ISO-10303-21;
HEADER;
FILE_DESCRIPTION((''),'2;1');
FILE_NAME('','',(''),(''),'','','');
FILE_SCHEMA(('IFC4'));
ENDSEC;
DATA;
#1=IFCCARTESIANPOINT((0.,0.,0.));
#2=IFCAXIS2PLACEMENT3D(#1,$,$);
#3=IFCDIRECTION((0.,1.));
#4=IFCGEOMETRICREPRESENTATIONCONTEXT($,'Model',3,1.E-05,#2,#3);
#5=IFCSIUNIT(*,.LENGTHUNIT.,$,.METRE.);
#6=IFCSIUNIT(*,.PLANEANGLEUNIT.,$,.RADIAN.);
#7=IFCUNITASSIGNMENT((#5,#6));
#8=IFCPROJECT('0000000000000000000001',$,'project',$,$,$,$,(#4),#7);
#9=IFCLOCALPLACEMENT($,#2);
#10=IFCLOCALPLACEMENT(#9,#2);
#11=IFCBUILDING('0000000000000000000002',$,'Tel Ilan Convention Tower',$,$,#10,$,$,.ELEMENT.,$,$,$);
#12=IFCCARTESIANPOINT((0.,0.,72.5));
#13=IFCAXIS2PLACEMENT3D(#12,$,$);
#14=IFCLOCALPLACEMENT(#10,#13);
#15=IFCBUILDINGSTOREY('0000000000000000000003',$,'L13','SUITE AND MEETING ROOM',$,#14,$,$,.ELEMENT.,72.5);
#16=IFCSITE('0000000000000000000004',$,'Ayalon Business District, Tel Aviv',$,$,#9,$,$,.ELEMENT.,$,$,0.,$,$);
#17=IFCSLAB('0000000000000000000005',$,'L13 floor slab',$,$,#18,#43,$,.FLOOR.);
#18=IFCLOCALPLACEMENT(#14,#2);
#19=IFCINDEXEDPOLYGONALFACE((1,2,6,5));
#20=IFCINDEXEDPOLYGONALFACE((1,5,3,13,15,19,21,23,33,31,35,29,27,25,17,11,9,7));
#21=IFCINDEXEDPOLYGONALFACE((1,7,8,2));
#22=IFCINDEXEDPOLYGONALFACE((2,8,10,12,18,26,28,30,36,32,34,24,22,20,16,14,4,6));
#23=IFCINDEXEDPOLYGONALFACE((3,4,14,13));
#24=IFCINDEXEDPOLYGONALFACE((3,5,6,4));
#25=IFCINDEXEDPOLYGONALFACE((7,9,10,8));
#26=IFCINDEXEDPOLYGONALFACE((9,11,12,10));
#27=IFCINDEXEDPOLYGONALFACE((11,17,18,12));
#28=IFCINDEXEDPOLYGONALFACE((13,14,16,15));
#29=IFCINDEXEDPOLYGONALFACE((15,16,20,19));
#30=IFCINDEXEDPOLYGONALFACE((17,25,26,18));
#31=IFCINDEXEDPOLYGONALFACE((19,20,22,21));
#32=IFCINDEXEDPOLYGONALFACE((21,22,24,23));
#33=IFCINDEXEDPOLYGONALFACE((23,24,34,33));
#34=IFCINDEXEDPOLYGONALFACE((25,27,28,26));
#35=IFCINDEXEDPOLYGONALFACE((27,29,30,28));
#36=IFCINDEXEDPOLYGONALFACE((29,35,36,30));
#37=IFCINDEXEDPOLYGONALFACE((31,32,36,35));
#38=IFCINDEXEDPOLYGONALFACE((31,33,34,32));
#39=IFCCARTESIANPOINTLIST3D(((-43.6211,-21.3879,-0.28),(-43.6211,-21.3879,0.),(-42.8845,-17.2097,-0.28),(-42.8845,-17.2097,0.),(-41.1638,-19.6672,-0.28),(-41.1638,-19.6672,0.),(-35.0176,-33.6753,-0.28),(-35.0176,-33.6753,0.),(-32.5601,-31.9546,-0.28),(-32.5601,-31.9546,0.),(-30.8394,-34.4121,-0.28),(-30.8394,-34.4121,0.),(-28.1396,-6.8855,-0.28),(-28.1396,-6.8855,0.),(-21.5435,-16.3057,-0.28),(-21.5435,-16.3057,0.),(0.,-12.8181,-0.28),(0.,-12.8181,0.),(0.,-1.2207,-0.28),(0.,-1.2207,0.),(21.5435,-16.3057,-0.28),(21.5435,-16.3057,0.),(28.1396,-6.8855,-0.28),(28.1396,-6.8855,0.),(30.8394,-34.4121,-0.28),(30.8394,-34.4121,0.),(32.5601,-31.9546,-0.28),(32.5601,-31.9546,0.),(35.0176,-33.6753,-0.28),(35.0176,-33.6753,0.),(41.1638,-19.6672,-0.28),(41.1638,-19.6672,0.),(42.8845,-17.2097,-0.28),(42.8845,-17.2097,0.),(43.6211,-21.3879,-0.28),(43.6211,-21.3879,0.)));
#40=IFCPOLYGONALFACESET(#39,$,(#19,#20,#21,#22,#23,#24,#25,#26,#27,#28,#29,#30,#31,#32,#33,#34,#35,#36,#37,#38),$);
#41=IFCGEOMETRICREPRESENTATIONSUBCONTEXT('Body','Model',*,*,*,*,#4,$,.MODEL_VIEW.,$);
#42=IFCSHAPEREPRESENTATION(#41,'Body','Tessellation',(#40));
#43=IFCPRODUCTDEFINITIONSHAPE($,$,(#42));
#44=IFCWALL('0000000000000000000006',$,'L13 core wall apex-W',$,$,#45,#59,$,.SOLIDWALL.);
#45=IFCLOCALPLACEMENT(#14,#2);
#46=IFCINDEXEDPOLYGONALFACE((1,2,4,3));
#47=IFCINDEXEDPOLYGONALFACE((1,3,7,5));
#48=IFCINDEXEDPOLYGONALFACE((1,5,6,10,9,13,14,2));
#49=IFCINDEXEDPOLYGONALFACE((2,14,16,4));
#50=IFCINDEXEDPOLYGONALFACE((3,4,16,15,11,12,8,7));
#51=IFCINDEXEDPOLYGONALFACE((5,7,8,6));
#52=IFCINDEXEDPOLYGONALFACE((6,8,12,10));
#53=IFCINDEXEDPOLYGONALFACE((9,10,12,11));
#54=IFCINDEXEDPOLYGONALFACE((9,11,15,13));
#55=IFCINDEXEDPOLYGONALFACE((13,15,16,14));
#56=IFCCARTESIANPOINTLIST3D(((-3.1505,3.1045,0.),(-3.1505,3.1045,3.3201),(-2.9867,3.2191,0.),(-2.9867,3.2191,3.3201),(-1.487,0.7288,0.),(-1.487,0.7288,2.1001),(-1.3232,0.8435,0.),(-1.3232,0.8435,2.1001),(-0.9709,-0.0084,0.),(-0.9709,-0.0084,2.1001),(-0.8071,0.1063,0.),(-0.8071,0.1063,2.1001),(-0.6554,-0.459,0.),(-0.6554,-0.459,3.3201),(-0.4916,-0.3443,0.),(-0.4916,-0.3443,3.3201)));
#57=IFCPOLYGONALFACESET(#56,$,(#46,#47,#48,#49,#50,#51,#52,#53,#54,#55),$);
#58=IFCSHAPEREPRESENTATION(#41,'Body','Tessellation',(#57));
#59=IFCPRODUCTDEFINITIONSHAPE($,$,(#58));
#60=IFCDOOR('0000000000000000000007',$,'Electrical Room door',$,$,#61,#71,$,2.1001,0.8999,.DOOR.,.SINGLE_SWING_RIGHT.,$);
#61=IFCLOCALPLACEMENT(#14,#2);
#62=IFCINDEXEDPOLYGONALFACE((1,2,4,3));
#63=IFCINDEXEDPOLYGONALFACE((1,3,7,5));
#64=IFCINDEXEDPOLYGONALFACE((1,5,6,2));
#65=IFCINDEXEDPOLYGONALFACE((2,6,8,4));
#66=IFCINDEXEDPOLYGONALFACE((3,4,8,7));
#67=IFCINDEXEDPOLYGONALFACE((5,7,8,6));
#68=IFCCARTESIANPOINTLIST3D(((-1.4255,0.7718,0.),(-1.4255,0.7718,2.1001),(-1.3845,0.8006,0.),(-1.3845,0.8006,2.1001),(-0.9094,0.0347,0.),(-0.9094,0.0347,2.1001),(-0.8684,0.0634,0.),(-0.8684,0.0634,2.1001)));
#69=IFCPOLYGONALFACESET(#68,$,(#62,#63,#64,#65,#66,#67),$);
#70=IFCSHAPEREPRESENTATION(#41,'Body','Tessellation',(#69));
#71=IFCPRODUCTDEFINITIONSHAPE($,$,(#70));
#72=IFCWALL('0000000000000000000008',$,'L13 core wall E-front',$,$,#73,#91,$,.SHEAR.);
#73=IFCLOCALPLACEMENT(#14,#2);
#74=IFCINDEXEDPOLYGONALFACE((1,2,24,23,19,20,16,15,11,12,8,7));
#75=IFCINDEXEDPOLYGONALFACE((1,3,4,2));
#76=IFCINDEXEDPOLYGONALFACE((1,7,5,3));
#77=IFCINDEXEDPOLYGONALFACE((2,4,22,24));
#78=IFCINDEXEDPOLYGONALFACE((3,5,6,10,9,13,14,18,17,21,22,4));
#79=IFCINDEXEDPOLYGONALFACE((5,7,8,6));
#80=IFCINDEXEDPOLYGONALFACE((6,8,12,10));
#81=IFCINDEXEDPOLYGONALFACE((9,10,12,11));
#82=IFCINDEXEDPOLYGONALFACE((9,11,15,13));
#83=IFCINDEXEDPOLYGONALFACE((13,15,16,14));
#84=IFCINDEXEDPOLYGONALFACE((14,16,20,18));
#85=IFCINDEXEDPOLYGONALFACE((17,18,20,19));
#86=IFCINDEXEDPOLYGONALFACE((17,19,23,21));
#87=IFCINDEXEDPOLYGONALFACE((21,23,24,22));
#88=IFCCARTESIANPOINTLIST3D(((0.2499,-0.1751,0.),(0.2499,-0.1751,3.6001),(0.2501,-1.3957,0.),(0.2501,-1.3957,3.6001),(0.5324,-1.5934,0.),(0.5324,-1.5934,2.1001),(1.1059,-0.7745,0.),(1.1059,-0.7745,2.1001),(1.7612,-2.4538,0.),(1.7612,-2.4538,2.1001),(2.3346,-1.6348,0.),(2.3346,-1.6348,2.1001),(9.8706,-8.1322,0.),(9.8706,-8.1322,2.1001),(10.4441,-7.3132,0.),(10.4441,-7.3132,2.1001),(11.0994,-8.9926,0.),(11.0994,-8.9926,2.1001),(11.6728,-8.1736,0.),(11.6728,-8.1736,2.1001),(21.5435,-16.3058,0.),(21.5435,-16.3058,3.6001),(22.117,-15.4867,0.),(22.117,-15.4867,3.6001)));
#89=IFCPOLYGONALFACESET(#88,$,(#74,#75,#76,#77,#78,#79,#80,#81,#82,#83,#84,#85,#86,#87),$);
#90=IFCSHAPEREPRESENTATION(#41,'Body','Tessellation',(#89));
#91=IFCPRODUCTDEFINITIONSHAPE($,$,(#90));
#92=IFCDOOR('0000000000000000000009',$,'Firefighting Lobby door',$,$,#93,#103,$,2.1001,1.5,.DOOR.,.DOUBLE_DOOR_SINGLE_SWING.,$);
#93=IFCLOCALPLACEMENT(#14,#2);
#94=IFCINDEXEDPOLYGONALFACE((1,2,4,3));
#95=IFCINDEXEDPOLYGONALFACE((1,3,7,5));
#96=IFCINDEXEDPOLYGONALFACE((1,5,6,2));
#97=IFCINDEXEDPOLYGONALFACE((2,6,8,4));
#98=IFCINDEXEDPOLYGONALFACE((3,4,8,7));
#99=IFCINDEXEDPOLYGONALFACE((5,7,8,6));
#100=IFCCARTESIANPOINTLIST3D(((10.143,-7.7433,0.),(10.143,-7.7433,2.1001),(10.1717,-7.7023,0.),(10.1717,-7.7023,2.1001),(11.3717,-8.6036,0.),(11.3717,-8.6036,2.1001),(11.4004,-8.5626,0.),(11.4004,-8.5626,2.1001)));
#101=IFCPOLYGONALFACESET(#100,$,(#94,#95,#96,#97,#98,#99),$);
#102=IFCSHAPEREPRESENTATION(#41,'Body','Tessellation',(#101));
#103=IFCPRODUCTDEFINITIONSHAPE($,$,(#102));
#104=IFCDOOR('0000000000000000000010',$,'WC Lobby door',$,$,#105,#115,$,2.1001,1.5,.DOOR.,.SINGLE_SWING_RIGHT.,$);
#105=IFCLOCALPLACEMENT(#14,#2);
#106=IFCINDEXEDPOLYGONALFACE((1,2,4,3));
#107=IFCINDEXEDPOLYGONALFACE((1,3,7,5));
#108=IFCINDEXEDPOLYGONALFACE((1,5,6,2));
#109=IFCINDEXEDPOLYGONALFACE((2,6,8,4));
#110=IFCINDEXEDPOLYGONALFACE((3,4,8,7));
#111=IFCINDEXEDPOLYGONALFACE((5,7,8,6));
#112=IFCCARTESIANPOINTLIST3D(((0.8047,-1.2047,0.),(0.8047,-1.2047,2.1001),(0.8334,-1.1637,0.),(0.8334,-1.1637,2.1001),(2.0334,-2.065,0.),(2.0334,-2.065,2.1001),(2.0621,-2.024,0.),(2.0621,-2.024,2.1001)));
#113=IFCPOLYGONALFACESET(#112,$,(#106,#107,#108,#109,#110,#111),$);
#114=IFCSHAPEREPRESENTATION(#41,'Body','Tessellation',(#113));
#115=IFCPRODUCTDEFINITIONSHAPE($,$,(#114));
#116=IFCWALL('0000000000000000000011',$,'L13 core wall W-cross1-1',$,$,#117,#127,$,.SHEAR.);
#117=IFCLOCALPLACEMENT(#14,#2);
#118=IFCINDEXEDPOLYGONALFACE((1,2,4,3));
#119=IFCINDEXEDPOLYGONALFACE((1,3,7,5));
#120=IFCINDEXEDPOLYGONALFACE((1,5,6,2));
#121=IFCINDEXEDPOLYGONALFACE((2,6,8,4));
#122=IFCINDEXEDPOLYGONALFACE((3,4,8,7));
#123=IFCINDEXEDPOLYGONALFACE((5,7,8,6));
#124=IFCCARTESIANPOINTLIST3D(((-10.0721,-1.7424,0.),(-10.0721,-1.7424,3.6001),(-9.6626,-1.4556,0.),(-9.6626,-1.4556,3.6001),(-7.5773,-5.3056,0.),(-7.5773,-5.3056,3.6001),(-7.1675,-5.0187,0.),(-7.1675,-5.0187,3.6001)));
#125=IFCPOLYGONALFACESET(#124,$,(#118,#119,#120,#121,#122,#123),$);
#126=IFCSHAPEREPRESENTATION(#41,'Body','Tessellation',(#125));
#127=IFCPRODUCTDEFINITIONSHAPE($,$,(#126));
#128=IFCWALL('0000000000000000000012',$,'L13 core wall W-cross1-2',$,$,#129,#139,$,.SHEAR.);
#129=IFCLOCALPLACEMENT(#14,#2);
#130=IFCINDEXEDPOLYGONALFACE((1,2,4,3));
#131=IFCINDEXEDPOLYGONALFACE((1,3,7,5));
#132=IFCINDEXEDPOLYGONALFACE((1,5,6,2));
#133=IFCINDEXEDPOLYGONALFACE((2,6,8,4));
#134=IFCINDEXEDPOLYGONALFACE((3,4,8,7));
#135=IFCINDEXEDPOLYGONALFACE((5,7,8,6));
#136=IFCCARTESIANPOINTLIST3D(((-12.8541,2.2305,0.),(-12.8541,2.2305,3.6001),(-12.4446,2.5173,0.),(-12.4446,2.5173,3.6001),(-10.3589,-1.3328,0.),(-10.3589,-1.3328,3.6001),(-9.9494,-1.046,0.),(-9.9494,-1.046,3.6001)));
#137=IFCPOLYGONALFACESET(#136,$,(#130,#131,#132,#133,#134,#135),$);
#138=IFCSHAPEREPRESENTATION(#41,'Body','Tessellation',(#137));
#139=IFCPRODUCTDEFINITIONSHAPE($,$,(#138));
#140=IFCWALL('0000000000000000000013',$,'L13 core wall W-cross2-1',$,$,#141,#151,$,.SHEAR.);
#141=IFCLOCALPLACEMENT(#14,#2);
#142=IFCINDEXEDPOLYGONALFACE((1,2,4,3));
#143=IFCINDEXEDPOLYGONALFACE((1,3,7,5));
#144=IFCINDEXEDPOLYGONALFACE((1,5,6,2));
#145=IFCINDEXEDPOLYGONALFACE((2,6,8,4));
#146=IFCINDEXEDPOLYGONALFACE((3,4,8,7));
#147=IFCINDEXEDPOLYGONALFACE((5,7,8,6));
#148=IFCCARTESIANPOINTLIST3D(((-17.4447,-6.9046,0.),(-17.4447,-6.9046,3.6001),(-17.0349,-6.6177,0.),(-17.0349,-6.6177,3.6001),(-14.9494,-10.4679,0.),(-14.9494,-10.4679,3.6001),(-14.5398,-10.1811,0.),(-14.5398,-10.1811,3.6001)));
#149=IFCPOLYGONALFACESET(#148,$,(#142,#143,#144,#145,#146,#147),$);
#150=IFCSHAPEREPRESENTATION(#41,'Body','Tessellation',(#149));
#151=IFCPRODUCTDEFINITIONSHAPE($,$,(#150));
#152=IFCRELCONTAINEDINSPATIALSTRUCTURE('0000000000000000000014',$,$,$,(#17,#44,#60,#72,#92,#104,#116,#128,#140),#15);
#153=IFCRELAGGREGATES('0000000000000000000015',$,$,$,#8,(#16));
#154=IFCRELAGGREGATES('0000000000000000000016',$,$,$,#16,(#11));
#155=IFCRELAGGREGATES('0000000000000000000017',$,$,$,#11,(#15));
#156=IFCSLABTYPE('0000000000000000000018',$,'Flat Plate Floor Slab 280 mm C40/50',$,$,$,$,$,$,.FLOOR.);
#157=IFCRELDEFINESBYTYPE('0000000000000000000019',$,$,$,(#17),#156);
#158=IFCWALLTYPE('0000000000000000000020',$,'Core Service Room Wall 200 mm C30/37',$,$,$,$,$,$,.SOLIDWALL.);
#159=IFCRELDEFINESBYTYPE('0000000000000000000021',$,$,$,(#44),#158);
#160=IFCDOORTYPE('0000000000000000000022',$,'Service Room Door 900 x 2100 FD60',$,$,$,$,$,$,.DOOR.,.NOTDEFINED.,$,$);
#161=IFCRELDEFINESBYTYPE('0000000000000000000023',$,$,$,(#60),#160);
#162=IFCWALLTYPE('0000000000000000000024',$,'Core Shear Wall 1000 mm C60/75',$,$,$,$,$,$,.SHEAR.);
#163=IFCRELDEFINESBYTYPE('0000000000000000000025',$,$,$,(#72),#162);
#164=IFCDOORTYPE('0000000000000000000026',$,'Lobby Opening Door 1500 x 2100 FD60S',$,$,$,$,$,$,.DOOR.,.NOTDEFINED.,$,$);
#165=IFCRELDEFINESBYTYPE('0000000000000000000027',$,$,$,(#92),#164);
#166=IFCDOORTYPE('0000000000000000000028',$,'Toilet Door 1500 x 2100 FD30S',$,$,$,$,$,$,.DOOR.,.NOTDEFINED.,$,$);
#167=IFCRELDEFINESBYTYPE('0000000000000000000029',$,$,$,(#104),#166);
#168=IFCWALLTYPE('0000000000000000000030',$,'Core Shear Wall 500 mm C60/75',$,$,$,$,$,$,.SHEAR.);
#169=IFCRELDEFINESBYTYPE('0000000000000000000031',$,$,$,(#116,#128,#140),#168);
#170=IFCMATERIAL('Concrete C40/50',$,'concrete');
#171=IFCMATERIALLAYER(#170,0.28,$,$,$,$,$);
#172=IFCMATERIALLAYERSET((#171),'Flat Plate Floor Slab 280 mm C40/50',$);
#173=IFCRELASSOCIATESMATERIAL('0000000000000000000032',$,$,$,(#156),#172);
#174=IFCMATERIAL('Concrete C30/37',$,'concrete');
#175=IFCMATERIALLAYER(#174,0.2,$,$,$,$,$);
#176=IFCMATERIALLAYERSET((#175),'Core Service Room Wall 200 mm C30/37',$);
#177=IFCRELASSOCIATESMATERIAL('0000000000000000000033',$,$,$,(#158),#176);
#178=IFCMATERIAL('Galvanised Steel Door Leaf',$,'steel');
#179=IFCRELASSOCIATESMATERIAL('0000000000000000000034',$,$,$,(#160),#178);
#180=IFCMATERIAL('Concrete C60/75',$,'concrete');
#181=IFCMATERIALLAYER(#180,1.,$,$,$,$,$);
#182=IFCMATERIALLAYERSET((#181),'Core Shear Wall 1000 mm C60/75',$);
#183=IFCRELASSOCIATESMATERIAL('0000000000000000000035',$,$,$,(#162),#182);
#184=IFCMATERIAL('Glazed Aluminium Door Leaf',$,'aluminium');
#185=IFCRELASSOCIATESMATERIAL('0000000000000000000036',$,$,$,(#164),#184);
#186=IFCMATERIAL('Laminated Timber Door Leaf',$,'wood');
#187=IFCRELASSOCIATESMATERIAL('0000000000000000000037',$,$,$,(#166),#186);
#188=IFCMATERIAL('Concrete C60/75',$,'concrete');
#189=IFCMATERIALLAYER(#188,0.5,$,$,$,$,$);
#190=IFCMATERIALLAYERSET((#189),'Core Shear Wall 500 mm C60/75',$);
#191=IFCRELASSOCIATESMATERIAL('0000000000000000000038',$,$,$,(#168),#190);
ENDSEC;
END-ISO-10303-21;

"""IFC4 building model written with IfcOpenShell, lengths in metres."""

from ifc_helpers import new_model, si_unit, direction, frame, frame_2d, origin, place, context, subcontext, project, spatial, polyline, rectangle, outline, extrude, material, layer, layer_set, type_object, element, fill, save


model = new_model("IFC4")

# Units and contexts
model_context = context("Model", 3, precision=1e-05, world=origin(), true_north=direction((0.0, 1.0)))
body_context = subcontext(model_context, "Body", "Model", "MODEL_VIEW")
ifc_project = project(units=[si_unit("LENGTHUNIT", "METRE"), si_unit("PLANEANGLEUNIT", "RADIAN")], contexts=[model_context])

# Site, building, storey
site_placement = place(None, origin())
site = spatial("IfcSite", under=ifc_project, at=site_placement, Name="Ayalon Business District, Tel Aviv", CompositionType="ELEMENT", RefElevation=0.0)
building_placement = place(site_placement, origin())
building = spatial("IfcBuilding", under=site, at=building_placement, Name="Tel Ilan Convention Tower", CompositionType="ELEMENT")
storey_placement = place(building_placement, frame((0.0, 0.0, 72.5)))
storey = spatial("IfcBuildingStorey", under=building, at=storey_placement, Name="L13", Description="SUITE AND MEETING ROOM", CompositionType="ELEMENT", Elevation=72.5)

# Slab
ifc_material_1 = material(Name="Concrete C40/50", Category="concrete")
ifc_layer_1 = layer(ifc_material_1, 0.28)
ifc_layer_set_1 = layer_set([ifc_layer_1], Name="Flat Plate Floor Slab 280 mm C40/50")
slab_type_1 = type_object("IfcSlabType", Name="Flat Plate Floor Slab 280 mm C40/50", PredefinedType="FLOOR", material=ifc_layer_set_1)
slab_1_placement = place(storey_placement, frame((0.0, 0.0, -0.28)))
element("IfcSlab", 1, at=slab_1_placement, inside=storey, type_object=slab_type_1, Name="L13 floor slab", PredefinedType="FLOOR", context=body_context, shape_type="SweptSolid", body=[
    extrude(outline(polyline([(-21.5435, -16.3057), (0.0, -1.2207), (21.5435, -16.3057), (28.1396, -6.8855), (42.8845, -17.2097), (41.1638, -19.6672), (43.6211, -21.3879), (35.0176, -33.6753), (32.5601, -31.9546), (30.8394, -34.4121), (0.0, -12.8181), (-30.8394, -34.4121), (-32.5601, -31.9546), (-35.0176, -33.6753), (-43.6211, -21.3879), (-41.1638, -19.6672), (-42.8845, -17.2097), (-28.1396, -6.8855), (-21.5435, -16.3057)])), origin(), (0.0, 0.0, 1.0), 0.28),
])

# Wall, opening, door
ifc_material_2 = material(Name="Concrete C30/37", Category="concrete")
ifc_layer_2 = layer(ifc_material_2, 0.2)
ifc_layer_set_2 = layer_set([ifc_layer_2], Name="Core Service Room Wall 200 mm C30/37")
wall_type_1 = type_object("IfcWallType", Name="Core Service Room Wall 200 mm C30/37", PredefinedType="SOLIDWALL", material=ifc_layer_set_2)
wall_1_placement = place(storey_placement, frame((-0.5735, -0.4016, 0.0), z_axis=(0.0, 0.0, 1.0), x_axis=(-0.573568, 0.819158, 0.0)))
wall_1 = element("IfcWall", 2, at=wall_1_placement, inside=storey, type_object=wall_type_1, Name="L13 core wall apex-W", PredefinedType="SOLIDWALL", context=body_context, shape_type="SweptSolid", body=[
    extrude(rectangle(XDim=4.3501, YDim=0.2, at=frame_2d((2.175, 0.0))), origin(), (0.0, 0.0, 1.0), 3.3201),
])
opening_1_placement = place(wall_1_placement, frame((0.55, 0.0, 0.0)))
opening_1 = element("IfcOpeningElement", 3, at=opening_1_placement, cuts=wall_1, PredefinedType="OPENING", context=body_context, shape_type="SweptSolid", body=[
    extrude(rectangle(XDim=0.8999, YDim=2.1001, at=frame_2d((0.45, 1.05))), frame((0.0, 0.1099, 0.0), z_axis=(0.0, -1.0, 0.0), x_axis=(1.0, 0.0, 0.0)), (0.0, 0.0, 1.0), 0.22),
])
ifc_material_3 = material(Name="Galvanised Steel Door Leaf", Category="steel")
door_type_1 = type_object("IfcDoorType", Name="Service Room Door 900 x 2100 FD60", OperationType="NOTDEFINED", PredefinedType="DOOR", material=ifc_material_3)
door_1_placement = place(opening_1_placement, origin())
door_1 = element("IfcDoor", 4, at=door_1_placement, inside=storey, type_object=door_type_1, Name="Electrical Room door", OperationType="SINGLE_SWING_RIGHT", OverallHeight=2.1001, OverallWidth=0.8999, PredefinedType="DOOR", context=body_context, shape_type="SweptSolid", body=[
    extrude(rectangle(XDim=0.8999, YDim=2.1001, at=frame_2d((0.45, 1.05))), frame((0.0, 0.0249, 0.0), z_axis=(0.0, -1.0, 0.0), x_axis=(1.0, 0.0, 0.0)), (0.0, 0.0, 1.0), 0.05),
])
fill(opening_1, door_1)

# Wall, openings, doors
ifc_material_4 = material(Name="Concrete C60/75", Category="concrete")
ifc_layer_3 = layer(ifc_material_4, 1.0)
ifc_layer_set_3 = layer_set([ifc_layer_3], Name="Core Shear Wall 1000 mm C60/75")
wall_type_2 = type_object("IfcWallType", Name="Core Shear Wall 1000 mm C60/75", PredefinedType="SHEAR", material=ifc_layer_set_3)
wall_2_placement = place(storey_placement, frame((-0.0369, -0.5847, 0.0), z_axis=(0.0, 0.0, 1.0), x_axis=(0.819157, -0.573569, 0.0)))
wall_2 = element("IfcWall", 5, at=wall_2_placement, inside=storey, type_object=wall_type_2, Name="L13 core wall E-front", PredefinedType="SHEAR", context=body_context, shape_type="SweptSolid", body=[
    extrude(outline(polyline([(26.6948, 0.4998), (0.0, 0.5), (0.7002, -0.4998), (26.6948, -0.5002), (26.6948, 0.4998)])), origin(), (0.0, 0.0, 1.0), 3.6001),
])
opening_2_placement = place(wall_2_placement, frame((1.0449, 0.0, 0.0)))
opening_2 = element("IfcOpeningElement", 6, at=opening_2_placement, cuts=wall_2, PredefinedType="OPENING", context=body_context, shape_type="SweptSolid", body=[
    extrude(rectangle(XDim=1.5, YDim=2.1001, at=frame_2d((0.75, 1.05))), frame((0.0, 0.51, 0.0), z_axis=(0.0, -1.0, 0.0), x_axis=(1.0, 0.0, 0.0)), (0.0, 0.0, 1.0), 1.02),
])
opening_3_placement = place(wall_2_placement, frame((12.4448, 0.0, 0.0)))
opening_3 = element("IfcOpeningElement", 7, at=opening_3_placement, cuts=wall_2, PredefinedType="OPENING", context=body_context, shape_type="SweptSolid", body=[
    extrude(rectangle(XDim=1.5, YDim=2.1001, at=frame_2d((0.75, 1.05))), frame((0.0, 0.51, 0.0), z_axis=(0.0, -1.0, 0.0), x_axis=(1.0, 0.0, 0.0)), (0.0, 0.0, 1.0), 1.02),
])
ifc_material_5 = material(Name="Glazed Aluminium Door Leaf", Category="aluminium")
door_type_2 = type_object("IfcDoorType", Name="Lobby Opening Door 1500 x 2100 FD60S", OperationType="NOTDEFINED", PredefinedType="DOOR", material=ifc_material_5)
door_2_placement = place(opening_3_placement, origin())
door_2 = element("IfcDoor", 8, at=door_2_placement, inside=storey, type_object=door_type_2, Name="Firefighting Lobby door", OperationType="DOUBLE_DOOR_SINGLE_SWING", OverallHeight=2.1001, OverallWidth=1.5, PredefinedType="DOOR", context=body_context, shape_type="SweptSolid", body=[
    extrude(rectangle(XDim=1.5, YDim=2.1001, at=frame_2d((0.75, 1.05))), frame((0.0, 0.0249, 0.0), z_axis=(0.0, -1.0, 0.0), x_axis=(1.0, 0.0, 0.0)), (0.0, 0.0, 1.0), 0.05),
])
fill(opening_3, door_2)
ifc_material_6 = material(Name="Laminated Timber Door Leaf", Category="wood")
door_type_3 = type_object("IfcDoorType", Name="Toilet Door 1500 x 2100 FD30S", OperationType="NOTDEFINED", PredefinedType="DOOR", material=ifc_material_6)
door_3_placement = place(opening_2_placement, origin())
door_3 = element("IfcDoor", 9, at=door_3_placement, inside=storey, type_object=door_type_3, Name="WC Lobby door", OperationType="SINGLE_SWING_RIGHT", OverallHeight=2.1001, OverallWidth=1.5, PredefinedType="DOOR", context=body_context, shape_type="SweptSolid", body=[
    extrude(rectangle(XDim=1.5, YDim=2.1001, at=frame_2d((0.75, 1.05))), frame((0.0, 0.0249, 0.0), z_axis=(0.0, -1.0, 0.0), x_axis=(1.0, 0.0, 0.0)), (0.0, 0.0, 1.0), 0.05),
])
fill(opening_2, door_3)

# Walls
ifc_material_7 = material(Name="Concrete C60/75", Category="concrete")
ifc_layer_4 = layer(ifc_material_7, 0.5)
ifc_layer_set_4 = layer_set([ifc_layer_4], Name="Core Shear Wall 500 mm C60/75")
wall_type_3 = type_object("IfcWallType", Name="Core Shear Wall 500 mm C60/75", PredefinedType="SHEAR", material=ifc_layer_set_4)
wall_3_placement = place(storey_placement, frame((-7.3723, -5.1621, 0.0), z_axis=(0.0, 0.0, 1.0), x_axis=(-0.573594, 0.81914, 0.0)))
element("IfcWall", 10, at=wall_3_placement, inside=storey, type_object=wall_type_3, Name="L13 core wall W-cross1-1", PredefinedType="SHEAR", context=body_context, shape_type="SweptSolid", body=[
    extrude(outline(polyline([(4.3499, 0.25), (0.0, 0.2502), (0.0, -0.25), (4.3499, -0.25), (4.3499, 0.25)])), origin(), (0.0, 0.0, 1.0), 3.6001),
])
wall_4_placement = place(storey_placement, frame((-10.1543, -1.1892, 0.0), z_axis=(0.0, 0.0, 1.0), x_axis=(-0.573594, 0.81914, 0.0)))
element("IfcWall", 11, at=wall_4_placement, inside=storey, type_object=wall_type_3, Name="L13 core wall W-cross1-2", PredefinedType="SHEAR", context=body_context, shape_type="SweptSolid", body=[
    extrude(outline(polyline([(4.3499, -0.25), (4.3499, 0.25), (-0.0002, 0.25), (-0.0002, -0.25), (4.3499, -0.25)])), origin(), (0.0, 0.0, 1.0), 3.6001),
])
wall_5_placement = place(storey_placement, frame((-14.7446, -10.3245, 0.0), z_axis=(0.0, 0.0, 1.0), x_axis=(-0.573568, 0.819158, 0.0)))
element("IfcWall", 12, at=wall_5_placement, inside=storey, type_object=wall_type_3, Name="L13 core wall W-cross2-1", PredefinedType="SHEAR", context=body_context, shape_type="SweptSolid", body=[
    extrude(outline(polyline([(4.3501, 0.2502), (0.0, 0.25), (0.0, -0.25), (4.3501, -0.25), (4.3501, 0.2502)])), origin(), (0.0, 0.0, 1.0), 3.6001),
])

save(model, "model.ifc")
